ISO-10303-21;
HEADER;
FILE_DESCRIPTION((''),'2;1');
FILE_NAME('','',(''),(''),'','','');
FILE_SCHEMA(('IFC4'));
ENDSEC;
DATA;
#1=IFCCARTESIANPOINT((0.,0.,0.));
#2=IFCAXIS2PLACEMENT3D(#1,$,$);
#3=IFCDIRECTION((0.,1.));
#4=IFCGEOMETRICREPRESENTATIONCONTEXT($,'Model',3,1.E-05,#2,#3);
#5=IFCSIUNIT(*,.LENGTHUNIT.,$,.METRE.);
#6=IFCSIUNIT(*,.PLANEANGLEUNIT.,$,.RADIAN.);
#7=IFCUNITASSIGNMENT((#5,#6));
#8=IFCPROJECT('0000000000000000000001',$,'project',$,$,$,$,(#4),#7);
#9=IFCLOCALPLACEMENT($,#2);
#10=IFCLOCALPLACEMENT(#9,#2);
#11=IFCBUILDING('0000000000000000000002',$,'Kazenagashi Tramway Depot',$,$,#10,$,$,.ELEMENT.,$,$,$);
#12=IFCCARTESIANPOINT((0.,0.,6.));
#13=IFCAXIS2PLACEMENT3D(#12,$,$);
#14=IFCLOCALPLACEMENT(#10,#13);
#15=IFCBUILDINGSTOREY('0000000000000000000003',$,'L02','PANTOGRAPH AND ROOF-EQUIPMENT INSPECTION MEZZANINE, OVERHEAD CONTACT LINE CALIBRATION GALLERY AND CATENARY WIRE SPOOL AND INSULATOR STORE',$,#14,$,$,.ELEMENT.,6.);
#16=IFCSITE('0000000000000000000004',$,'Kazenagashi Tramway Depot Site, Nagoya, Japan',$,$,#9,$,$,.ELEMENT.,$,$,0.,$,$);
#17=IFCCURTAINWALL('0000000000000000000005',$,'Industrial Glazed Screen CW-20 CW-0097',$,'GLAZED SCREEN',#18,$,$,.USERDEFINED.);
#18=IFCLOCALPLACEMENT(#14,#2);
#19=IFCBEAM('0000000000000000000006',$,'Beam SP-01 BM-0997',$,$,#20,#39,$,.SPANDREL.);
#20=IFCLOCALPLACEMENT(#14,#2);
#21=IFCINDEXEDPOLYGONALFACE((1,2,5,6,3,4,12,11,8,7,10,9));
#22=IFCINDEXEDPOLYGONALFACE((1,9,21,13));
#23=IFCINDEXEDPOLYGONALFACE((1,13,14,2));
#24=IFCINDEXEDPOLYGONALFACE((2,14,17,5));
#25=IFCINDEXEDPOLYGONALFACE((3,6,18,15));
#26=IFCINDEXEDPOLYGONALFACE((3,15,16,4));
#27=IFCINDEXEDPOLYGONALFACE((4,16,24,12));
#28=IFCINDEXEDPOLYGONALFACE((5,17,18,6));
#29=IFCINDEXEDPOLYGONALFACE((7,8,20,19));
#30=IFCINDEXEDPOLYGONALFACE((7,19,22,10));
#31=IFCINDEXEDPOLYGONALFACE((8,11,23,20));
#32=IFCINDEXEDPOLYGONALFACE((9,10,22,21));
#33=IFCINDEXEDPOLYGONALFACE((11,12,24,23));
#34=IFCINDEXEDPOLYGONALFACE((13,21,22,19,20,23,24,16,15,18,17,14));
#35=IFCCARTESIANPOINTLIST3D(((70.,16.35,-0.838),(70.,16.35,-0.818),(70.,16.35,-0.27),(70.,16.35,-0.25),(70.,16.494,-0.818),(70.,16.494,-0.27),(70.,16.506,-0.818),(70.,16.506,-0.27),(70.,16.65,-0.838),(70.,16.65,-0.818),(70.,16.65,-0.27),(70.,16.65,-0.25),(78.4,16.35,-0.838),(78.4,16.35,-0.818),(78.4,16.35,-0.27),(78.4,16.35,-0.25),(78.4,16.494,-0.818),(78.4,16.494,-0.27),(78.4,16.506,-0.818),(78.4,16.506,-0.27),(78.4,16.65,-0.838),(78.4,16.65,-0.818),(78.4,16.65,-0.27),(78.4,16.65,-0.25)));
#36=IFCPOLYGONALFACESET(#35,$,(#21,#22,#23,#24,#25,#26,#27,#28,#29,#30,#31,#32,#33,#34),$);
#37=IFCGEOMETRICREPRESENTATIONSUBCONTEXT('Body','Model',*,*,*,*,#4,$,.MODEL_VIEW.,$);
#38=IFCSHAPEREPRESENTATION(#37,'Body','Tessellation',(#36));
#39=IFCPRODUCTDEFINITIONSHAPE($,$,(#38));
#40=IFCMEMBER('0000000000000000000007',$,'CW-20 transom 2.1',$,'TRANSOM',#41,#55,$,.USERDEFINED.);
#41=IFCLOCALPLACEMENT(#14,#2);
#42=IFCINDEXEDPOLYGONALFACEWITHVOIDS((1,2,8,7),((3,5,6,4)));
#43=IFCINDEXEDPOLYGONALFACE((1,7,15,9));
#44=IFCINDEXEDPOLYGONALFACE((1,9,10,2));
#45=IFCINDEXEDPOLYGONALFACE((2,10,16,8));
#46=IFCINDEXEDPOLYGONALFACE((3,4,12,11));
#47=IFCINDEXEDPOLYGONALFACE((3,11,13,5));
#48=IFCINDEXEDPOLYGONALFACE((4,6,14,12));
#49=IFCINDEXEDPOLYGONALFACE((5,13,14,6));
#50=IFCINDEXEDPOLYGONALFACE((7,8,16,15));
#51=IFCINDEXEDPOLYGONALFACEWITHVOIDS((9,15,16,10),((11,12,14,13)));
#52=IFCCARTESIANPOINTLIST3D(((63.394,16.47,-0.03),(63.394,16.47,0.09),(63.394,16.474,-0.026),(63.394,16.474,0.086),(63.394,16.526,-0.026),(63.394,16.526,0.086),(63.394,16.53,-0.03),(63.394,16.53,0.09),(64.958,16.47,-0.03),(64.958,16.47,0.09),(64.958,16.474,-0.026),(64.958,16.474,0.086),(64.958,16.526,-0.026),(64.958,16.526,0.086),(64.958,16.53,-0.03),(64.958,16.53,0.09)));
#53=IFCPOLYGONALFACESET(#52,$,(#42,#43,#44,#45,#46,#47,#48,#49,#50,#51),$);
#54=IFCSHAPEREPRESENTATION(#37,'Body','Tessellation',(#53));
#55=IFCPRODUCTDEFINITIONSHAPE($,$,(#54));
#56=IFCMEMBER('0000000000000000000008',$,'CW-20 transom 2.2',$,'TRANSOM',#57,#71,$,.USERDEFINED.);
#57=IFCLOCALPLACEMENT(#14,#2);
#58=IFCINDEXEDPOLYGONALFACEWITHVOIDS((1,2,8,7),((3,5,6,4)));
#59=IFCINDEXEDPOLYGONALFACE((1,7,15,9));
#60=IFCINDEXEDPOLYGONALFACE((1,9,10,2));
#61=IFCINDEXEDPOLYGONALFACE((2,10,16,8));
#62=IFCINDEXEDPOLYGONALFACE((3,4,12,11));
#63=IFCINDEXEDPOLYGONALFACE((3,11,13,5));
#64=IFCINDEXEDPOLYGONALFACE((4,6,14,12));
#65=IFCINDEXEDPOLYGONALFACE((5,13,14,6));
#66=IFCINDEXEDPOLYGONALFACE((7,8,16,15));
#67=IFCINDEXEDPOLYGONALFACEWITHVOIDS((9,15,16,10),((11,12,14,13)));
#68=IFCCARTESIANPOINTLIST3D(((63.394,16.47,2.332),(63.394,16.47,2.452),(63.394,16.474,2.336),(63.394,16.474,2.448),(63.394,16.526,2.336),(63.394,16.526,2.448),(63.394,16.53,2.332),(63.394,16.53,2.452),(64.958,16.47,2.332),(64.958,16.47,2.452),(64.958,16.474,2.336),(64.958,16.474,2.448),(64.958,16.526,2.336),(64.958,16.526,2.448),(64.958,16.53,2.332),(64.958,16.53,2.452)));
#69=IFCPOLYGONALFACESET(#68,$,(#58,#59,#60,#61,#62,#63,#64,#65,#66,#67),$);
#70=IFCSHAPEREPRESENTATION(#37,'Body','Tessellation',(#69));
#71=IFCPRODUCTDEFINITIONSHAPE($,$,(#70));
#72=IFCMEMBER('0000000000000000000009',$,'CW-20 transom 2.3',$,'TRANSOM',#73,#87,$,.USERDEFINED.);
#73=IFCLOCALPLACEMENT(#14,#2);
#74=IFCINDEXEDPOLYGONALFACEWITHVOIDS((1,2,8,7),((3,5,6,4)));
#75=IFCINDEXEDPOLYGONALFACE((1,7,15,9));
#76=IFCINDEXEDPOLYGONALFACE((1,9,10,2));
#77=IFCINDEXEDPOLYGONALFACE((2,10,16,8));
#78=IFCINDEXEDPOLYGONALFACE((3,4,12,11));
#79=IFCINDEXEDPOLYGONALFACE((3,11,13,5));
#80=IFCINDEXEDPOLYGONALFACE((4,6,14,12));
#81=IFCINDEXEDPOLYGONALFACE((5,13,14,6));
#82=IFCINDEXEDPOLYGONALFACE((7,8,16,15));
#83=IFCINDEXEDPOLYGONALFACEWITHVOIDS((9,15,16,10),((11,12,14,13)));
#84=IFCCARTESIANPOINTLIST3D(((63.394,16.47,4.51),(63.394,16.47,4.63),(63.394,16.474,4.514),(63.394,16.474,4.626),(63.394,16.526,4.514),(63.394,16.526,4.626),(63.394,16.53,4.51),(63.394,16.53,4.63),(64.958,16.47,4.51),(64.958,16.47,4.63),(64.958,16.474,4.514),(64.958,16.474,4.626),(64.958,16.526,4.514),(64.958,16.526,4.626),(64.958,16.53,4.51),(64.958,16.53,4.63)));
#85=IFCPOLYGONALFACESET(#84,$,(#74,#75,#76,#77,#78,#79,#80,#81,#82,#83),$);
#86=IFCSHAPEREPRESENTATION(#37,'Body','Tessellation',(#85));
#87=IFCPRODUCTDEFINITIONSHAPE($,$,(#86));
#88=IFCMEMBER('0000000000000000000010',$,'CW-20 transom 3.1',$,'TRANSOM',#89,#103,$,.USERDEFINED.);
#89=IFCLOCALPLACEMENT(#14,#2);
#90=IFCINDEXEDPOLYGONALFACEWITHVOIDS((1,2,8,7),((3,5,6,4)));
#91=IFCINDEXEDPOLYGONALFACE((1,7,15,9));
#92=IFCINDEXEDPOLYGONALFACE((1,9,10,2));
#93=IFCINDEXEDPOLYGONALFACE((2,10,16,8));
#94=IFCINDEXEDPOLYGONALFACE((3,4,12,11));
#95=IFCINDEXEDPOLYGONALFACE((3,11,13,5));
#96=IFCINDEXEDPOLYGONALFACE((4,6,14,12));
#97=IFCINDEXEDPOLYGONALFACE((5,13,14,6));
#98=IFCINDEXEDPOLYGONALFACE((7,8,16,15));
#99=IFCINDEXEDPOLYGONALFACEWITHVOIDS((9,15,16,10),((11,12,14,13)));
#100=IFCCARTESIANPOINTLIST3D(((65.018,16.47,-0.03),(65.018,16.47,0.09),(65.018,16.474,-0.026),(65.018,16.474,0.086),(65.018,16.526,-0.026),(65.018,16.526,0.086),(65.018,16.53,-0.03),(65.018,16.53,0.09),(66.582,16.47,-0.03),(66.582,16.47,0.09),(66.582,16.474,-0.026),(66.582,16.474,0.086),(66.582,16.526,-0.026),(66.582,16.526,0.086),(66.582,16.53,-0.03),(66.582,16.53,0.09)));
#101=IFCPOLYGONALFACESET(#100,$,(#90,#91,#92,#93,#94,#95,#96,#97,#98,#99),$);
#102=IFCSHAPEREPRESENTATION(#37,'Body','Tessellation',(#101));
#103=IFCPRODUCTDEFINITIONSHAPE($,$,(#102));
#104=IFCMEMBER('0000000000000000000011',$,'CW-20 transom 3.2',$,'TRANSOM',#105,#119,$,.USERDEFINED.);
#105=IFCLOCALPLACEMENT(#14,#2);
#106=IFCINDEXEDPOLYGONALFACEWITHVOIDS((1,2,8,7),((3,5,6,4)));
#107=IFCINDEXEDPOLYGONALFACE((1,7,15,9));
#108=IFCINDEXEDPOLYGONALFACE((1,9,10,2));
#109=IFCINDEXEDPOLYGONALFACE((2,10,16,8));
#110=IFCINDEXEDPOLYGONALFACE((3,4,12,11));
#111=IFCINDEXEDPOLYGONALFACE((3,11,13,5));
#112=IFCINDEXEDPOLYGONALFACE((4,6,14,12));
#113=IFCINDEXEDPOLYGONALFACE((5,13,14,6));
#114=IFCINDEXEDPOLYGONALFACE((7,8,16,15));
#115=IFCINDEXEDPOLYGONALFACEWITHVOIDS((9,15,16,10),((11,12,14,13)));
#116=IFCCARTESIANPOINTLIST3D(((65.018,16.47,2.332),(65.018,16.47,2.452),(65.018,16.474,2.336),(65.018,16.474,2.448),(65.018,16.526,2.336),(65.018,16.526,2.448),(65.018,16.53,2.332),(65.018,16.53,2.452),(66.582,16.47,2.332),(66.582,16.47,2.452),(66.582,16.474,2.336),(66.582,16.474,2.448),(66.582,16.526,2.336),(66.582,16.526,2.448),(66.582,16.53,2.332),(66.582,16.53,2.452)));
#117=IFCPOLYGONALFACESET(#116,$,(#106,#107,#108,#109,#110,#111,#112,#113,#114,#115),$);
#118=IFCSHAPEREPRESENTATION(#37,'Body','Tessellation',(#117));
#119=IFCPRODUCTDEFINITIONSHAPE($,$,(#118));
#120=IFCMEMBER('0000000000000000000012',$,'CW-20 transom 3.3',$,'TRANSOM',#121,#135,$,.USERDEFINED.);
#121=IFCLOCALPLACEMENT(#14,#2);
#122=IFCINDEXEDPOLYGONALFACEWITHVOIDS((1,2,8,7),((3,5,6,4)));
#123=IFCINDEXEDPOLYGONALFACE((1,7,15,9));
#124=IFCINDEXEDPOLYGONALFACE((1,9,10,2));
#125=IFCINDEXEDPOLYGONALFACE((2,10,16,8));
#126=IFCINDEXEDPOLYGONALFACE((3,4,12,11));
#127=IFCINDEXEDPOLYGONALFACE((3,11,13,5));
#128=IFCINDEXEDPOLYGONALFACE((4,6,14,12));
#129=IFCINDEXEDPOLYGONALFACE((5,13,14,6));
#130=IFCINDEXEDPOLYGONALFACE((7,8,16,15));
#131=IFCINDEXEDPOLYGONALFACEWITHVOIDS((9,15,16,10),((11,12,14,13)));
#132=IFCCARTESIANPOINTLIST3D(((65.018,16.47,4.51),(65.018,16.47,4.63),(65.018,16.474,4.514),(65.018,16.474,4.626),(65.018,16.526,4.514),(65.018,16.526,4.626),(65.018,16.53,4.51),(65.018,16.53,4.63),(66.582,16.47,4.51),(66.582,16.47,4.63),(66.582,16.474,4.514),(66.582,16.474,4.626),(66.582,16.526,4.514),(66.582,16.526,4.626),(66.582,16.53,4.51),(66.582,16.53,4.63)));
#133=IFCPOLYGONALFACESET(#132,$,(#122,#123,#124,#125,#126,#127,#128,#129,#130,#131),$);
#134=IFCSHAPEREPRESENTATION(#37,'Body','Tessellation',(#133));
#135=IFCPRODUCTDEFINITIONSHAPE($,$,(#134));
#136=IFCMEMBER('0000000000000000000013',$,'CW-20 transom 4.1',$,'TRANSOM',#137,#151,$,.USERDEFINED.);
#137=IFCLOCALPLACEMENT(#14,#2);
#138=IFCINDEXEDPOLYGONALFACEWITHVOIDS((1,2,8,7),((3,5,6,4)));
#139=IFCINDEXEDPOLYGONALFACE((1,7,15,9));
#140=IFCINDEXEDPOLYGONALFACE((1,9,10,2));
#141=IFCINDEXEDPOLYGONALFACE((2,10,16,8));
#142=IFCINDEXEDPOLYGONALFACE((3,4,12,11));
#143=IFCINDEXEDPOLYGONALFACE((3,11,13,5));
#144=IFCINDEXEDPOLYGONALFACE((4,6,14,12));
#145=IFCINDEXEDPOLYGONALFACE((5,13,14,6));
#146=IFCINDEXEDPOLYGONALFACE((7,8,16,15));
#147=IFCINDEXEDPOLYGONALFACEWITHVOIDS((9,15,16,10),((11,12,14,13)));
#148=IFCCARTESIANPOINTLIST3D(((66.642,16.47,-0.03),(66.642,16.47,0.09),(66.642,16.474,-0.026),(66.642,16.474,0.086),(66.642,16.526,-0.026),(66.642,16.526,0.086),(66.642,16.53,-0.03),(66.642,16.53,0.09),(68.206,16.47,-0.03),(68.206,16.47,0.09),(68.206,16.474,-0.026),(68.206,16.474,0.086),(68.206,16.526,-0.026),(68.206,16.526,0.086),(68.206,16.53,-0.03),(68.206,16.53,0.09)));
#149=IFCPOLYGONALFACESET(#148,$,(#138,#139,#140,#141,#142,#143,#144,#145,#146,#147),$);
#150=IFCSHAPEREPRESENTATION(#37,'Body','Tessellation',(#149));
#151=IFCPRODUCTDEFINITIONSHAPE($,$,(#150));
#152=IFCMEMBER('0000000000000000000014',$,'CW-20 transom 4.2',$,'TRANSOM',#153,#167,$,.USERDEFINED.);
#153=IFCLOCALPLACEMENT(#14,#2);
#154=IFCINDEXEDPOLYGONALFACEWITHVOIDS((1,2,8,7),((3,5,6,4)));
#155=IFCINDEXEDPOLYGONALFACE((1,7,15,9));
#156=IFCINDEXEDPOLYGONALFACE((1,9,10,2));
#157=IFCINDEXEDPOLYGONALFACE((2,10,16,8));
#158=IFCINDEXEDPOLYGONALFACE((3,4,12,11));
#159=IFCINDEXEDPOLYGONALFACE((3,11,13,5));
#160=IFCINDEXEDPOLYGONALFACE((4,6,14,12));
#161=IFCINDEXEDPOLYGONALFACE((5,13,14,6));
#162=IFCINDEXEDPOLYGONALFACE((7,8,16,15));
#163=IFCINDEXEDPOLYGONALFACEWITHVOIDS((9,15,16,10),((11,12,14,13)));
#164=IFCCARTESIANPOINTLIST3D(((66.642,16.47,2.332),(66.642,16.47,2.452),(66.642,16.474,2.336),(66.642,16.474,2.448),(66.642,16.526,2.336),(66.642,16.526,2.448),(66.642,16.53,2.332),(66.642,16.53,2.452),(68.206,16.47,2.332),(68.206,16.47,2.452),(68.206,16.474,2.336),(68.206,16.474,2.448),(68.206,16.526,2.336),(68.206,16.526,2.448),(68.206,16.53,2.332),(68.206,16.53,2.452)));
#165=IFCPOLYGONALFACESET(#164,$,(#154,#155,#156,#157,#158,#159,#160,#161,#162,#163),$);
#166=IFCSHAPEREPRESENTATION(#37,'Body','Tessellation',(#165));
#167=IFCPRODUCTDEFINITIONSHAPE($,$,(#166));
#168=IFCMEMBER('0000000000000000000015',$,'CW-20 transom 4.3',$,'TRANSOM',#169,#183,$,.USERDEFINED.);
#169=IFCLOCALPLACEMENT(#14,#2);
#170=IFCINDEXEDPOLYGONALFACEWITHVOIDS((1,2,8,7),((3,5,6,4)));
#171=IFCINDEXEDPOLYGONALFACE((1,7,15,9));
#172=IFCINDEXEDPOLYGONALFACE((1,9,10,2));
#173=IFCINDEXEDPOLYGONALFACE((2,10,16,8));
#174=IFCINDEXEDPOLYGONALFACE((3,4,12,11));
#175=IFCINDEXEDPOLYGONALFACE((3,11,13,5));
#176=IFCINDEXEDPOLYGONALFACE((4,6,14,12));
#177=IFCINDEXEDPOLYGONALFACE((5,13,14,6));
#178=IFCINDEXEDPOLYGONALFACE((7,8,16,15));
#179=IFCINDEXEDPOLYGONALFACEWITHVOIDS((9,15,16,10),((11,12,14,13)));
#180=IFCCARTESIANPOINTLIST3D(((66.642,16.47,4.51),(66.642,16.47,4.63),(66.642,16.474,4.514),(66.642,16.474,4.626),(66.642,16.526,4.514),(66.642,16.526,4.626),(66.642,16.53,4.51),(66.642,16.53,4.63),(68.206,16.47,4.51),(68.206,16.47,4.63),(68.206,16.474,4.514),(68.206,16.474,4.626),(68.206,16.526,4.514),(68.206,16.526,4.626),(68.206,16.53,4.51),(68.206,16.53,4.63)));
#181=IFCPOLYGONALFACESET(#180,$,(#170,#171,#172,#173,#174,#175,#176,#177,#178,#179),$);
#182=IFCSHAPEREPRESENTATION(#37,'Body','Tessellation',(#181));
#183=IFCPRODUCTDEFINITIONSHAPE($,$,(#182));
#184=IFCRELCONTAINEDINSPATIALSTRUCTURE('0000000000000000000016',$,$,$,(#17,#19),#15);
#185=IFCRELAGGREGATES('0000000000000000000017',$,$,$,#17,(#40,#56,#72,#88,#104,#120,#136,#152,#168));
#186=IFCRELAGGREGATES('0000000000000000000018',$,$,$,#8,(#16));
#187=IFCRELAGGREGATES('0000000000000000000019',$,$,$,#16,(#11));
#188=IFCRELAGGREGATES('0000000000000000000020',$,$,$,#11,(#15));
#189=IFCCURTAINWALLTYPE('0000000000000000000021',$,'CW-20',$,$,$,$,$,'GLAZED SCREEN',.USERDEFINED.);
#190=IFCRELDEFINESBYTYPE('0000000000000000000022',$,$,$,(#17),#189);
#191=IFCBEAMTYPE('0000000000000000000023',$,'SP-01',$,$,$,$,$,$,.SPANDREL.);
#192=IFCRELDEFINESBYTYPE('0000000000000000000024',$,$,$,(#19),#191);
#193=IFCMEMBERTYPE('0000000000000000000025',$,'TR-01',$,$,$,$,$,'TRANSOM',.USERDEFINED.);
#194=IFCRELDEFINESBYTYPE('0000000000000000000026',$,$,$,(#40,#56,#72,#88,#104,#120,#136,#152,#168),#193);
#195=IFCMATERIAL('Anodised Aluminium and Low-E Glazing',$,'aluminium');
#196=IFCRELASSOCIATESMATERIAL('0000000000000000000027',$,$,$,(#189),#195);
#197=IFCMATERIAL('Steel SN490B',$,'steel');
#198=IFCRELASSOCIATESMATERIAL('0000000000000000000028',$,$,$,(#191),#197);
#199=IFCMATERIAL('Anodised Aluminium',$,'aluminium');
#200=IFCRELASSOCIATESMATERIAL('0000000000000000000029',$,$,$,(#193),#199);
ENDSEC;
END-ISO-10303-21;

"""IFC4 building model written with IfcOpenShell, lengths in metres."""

from ifc_helpers import new_model, si_unit, direction, frame, origin, origin_2d, place, context, subcontext, project, spatial, hollow_rectangle, i_section, extrude, material, material_profile, profile_set, type_object, element, aggregate, save


model = new_model("IFC4")

# Units and contexts
model_context = context("Model", 3, precision=1e-05, world=origin(), true_north=direction((0.0, 1.0)))
body_context = subcontext(model_context, "Body", "Model", "MODEL_VIEW")
ifc_project = project(units=[si_unit("LENGTHUNIT", "METRE"), si_unit("PLANEANGLEUNIT", "RADIAN")], contexts=[model_context])

# Site, building, storey
site_placement = place(None, origin())
site = spatial("IfcSite", under=ifc_project, at=site_placement, Name="Kazenagashi Tramway Depot Site, Nagoya, Japan", CompositionType="ELEMENT", RefElevation=0.0)
building_placement = place(site_placement, origin())
building = spatial("IfcBuilding", under=site, at=building_placement, Name="Kazenagashi Tramway Depot", CompositionType="ELEMENT")
storey_placement = place(building_placement, frame((0.0, 0.0, 6.0)))
storey = spatial("IfcBuildingStorey", under=building, at=storey_placement, Name="L02", Description="PANTOGRAPH AND ROOF-EQUIPMENT INSPECTION MEZZANINE, OVERHEAD CONTACT LINE CALIBRATION GALLERY AND CATENARY WIRE SPOOL AND INSULATOR STORE", CompositionType="ELEMENT", Elevation=6.0)

# Shared definitions
ifc_material_1 = material(Name="Steel SN490B", Category="steel")

# Curtain wall
ifc_material_2 = material(Name="Anodised Aluminium and Low-E Glazing", Category="aluminium")
curtain_wall_type = type_object("IfcCurtainWallType", Name="CW-20", ElementType="GLAZED SCREEN", PredefinedType="USERDEFINED", material=ifc_material_2)
curtain_wall_1_placement = place(storey_placement, origin())
curtain_wall_1 = element("IfcCurtainWall", 1, at=curtain_wall_1_placement, inside=storey, type_object=curtain_wall_type, Name="Industrial Glazed Screen CW-20 CW-0097", ObjectType="GLAZED SCREEN", PredefinedType="USERDEFINED")
ifc_material_3 = material(Name="Anodised Aluminium", Category="aluminium")

# Beam
ifc_material_profile_1 = material_profile(ifc_material_1, i_section(OverallWidth=0.3, OverallDepth=0.588, WebThickness=0.012, FlangeThickness=0.02, at=origin_2d()), Name="H-588x300x12x20")
ifc_profile_set_1 = profile_set([ifc_material_profile_1], Name="Steel SN490B")
beam_type_1 = type_object("IfcBeamType", Name="SP-01", PredefinedType="SPANDREL", material=ifc_profile_set_1)
beam_1_placement = place(storey_placement, frame((70.0, 16.5, -0.544), z_axis=(1.0, 0.0, 0.0), x_axis=(0.0, 1.0, 0.0)))
element("IfcBeam", 2, at=beam_1_placement, inside=storey, type_object=beam_type_1, Name="Beam SP-01 BM-0997", PredefinedType="SPANDREL", context=body_context, shape_type="SweptSolid", body=[
    extrude(i_section(OverallWidth=0.3, OverallDepth=0.588, WebThickness=0.012, FlangeThickness=0.02, at=origin_2d()), origin(), (0.0, 0.0, 1.0), 8.4),
])

# Members
ifc_material_profile_2 = material_profile(ifc_material_3, hollow_rectangle(XDim=0.06, YDim=0.12, WallThickness=0.004, at=origin_2d()), Name="RHS-120x60x4")
ifc_profile_set_2 = profile_set([ifc_material_profile_2], Name="Anodised Aluminium")
member_type_1 = type_object("IfcMemberType", Name="TR-01", ElementType="TRANSOM", PredefinedType="USERDEFINED", material=ifc_profile_set_2)
member_1_placement = place(storey_placement, frame((63.394, 16.5, 0.03), z_axis=(1.0, 0.0, 0.0), x_axis=(0.0, 1.0, 0.0)))
member_1 = element("IfcMember", 3, at=member_1_placement, type_object=member_type_1, Name="CW-20 transom 2.1", ObjectType="TRANSOM", PredefinedType="USERDEFINED", context=body_context, shape_type="SweptSolid", body=[
    extrude(hollow_rectangle(XDim=0.06, YDim=0.12, WallThickness=0.004, at=origin_2d()), origin(), (0.0, 0.0, 1.0), 1.564),
])
member_2_placement = place(storey_placement, frame((63.394, 16.5, 2.392), z_axis=(1.0, 0.0, 0.0), x_axis=(0.0, 1.0, 0.0)))
member_2 = element("IfcMember", 4, at=member_2_placement, type_object=member_type_1, Name="CW-20 transom 2.2", ObjectType="TRANSOM", PredefinedType="USERDEFINED", context=body_context, shape_type="SweptSolid", body=[
    extrude(hollow_rectangle(XDim=0.06, YDim=0.12, WallThickness=0.004, at=origin_2d()), origin(), (0.0, 0.0, 1.0), 1.564),
])
member_3_placement = place(storey_placement, frame((63.394, 16.5, 4.57), z_axis=(1.0, 0.0, 0.0), x_axis=(0.0, 1.0, 0.0)))
member_3 = element("IfcMember", 5, at=member_3_placement, type_object=member_type_1, Name="CW-20 transom 2.3", ObjectType="TRANSOM", PredefinedType="USERDEFINED", context=body_context, shape_type="SweptSolid", body=[
    extrude(hollow_rectangle(XDim=0.06, YDim=0.12, WallThickness=0.004, at=origin_2d()), origin(), (0.0, 0.0, 1.0), 1.564),
])
member_4_placement = place(storey_placement, frame((65.018, 16.5, 0.03), z_axis=(1.0, 0.0, 0.0), x_axis=(0.0, 1.0, 0.0)))
member_4 = element("IfcMember", 6, at=member_4_placement, type_object=member_type_1, Name="CW-20 transom 3.1", ObjectType="TRANSOM", PredefinedType="USERDEFINED", context=body_context, shape_type="SweptSolid", body=[
    extrude(hollow_rectangle(XDim=0.06, YDim=0.12, WallThickness=0.004, at=origin_2d()), origin(), (0.0, 0.0, 1.0), 1.564),
])
member_5_placement = place(storey_placement, frame((65.018, 16.5, 2.392), z_axis=(1.0, 0.0, 0.0), x_axis=(0.0, 1.0, 0.0)))
member_5 = element("IfcMember", 7, at=member_5_placement, type_object=member_type_1, Name="CW-20 transom 3.2", ObjectType="TRANSOM", PredefinedType="USERDEFINED", context=body_context, shape_type="SweptSolid", body=[
    extrude(hollow_rectangle(XDim=0.06, YDim=0.12, WallThickness=0.004, at=origin_2d()), origin(), (0.0, 0.0, 1.0), 1.564),
])
member_6_placement = place(storey_placement, frame((65.018, 16.5, 4.57), z_axis=(1.0, 0.0, 0.0), x_axis=(0.0, 1.0, 0.0)))
member_6 = element("IfcMember", 8, at=member_6_placement, type_object=member_type_1, Name="CW-20 transom 3.3", ObjectType="TRANSOM", PredefinedType="USERDEFINED", context=body_context, shape_type="SweptSolid", body=[
    extrude(hollow_rectangle(XDim=0.06, YDim=0.12, WallThickness=0.004, at=origin_2d()), origin(), (0.0, 0.0, 1.0), 1.564),
])
member_7_placement = place(storey_placement, frame((66.642, 16.5, 0.03), z_axis=(1.0, 0.0, 0.0), x_axis=(0.0, 1.0, 0.0)))
member_7 = element("IfcMember", 9, at=member_7_placement, type_object=member_type_1, Name="CW-20 transom 4.1", ObjectType="TRANSOM", PredefinedType="USERDEFINED", context=body_context, shape_type="SweptSolid", body=[
    extrude(hollow_rectangle(XDim=0.06, YDim=0.12, WallThickness=0.004, at=origin_2d()), origin(), (0.0, 0.0, 1.0), 1.564),
])
member_8_placement = place(storey_placement, frame((66.642, 16.5, 2.392), z_axis=(1.0, 0.0, 0.0), x_axis=(0.0, 1.0, 0.0)))
member_8 = element("IfcMember", 10, at=member_8_placement, type_object=member_type_1, Name="CW-20 transom 4.2", ObjectType="TRANSOM", PredefinedType="USERDEFINED", context=body_context, shape_type="SweptSolid", body=[
    extrude(hollow_rectangle(XDim=0.06, YDim=0.12, WallThickness=0.004, at=origin_2d()), origin(), (0.0, 0.0, 1.0), 1.564),
])
member_9_placement = place(storey_placement, frame((66.642, 16.5, 4.57), z_axis=(1.0, 0.0, 0.0), x_axis=(0.0, 1.0, 0.0)))
member_9 = element("IfcMember", 11, at=member_9_placement, type_object=member_type_1, Name="CW-20 transom 4.3", ObjectType="TRANSOM", PredefinedType="USERDEFINED", context=body_context, shape_type="SweptSolid", body=[
    extrude(hollow_rectangle(XDim=0.06, YDim=0.12, WallThickness=0.004, at=origin_2d()), origin(), (0.0, 0.0, 1.0), 1.564),
])

aggregate(curtain_wall_1, [member_1, member_2, member_3, member_4, member_5, member_6, member_7, member_8, member_9])

save(model, "model.ifc")
